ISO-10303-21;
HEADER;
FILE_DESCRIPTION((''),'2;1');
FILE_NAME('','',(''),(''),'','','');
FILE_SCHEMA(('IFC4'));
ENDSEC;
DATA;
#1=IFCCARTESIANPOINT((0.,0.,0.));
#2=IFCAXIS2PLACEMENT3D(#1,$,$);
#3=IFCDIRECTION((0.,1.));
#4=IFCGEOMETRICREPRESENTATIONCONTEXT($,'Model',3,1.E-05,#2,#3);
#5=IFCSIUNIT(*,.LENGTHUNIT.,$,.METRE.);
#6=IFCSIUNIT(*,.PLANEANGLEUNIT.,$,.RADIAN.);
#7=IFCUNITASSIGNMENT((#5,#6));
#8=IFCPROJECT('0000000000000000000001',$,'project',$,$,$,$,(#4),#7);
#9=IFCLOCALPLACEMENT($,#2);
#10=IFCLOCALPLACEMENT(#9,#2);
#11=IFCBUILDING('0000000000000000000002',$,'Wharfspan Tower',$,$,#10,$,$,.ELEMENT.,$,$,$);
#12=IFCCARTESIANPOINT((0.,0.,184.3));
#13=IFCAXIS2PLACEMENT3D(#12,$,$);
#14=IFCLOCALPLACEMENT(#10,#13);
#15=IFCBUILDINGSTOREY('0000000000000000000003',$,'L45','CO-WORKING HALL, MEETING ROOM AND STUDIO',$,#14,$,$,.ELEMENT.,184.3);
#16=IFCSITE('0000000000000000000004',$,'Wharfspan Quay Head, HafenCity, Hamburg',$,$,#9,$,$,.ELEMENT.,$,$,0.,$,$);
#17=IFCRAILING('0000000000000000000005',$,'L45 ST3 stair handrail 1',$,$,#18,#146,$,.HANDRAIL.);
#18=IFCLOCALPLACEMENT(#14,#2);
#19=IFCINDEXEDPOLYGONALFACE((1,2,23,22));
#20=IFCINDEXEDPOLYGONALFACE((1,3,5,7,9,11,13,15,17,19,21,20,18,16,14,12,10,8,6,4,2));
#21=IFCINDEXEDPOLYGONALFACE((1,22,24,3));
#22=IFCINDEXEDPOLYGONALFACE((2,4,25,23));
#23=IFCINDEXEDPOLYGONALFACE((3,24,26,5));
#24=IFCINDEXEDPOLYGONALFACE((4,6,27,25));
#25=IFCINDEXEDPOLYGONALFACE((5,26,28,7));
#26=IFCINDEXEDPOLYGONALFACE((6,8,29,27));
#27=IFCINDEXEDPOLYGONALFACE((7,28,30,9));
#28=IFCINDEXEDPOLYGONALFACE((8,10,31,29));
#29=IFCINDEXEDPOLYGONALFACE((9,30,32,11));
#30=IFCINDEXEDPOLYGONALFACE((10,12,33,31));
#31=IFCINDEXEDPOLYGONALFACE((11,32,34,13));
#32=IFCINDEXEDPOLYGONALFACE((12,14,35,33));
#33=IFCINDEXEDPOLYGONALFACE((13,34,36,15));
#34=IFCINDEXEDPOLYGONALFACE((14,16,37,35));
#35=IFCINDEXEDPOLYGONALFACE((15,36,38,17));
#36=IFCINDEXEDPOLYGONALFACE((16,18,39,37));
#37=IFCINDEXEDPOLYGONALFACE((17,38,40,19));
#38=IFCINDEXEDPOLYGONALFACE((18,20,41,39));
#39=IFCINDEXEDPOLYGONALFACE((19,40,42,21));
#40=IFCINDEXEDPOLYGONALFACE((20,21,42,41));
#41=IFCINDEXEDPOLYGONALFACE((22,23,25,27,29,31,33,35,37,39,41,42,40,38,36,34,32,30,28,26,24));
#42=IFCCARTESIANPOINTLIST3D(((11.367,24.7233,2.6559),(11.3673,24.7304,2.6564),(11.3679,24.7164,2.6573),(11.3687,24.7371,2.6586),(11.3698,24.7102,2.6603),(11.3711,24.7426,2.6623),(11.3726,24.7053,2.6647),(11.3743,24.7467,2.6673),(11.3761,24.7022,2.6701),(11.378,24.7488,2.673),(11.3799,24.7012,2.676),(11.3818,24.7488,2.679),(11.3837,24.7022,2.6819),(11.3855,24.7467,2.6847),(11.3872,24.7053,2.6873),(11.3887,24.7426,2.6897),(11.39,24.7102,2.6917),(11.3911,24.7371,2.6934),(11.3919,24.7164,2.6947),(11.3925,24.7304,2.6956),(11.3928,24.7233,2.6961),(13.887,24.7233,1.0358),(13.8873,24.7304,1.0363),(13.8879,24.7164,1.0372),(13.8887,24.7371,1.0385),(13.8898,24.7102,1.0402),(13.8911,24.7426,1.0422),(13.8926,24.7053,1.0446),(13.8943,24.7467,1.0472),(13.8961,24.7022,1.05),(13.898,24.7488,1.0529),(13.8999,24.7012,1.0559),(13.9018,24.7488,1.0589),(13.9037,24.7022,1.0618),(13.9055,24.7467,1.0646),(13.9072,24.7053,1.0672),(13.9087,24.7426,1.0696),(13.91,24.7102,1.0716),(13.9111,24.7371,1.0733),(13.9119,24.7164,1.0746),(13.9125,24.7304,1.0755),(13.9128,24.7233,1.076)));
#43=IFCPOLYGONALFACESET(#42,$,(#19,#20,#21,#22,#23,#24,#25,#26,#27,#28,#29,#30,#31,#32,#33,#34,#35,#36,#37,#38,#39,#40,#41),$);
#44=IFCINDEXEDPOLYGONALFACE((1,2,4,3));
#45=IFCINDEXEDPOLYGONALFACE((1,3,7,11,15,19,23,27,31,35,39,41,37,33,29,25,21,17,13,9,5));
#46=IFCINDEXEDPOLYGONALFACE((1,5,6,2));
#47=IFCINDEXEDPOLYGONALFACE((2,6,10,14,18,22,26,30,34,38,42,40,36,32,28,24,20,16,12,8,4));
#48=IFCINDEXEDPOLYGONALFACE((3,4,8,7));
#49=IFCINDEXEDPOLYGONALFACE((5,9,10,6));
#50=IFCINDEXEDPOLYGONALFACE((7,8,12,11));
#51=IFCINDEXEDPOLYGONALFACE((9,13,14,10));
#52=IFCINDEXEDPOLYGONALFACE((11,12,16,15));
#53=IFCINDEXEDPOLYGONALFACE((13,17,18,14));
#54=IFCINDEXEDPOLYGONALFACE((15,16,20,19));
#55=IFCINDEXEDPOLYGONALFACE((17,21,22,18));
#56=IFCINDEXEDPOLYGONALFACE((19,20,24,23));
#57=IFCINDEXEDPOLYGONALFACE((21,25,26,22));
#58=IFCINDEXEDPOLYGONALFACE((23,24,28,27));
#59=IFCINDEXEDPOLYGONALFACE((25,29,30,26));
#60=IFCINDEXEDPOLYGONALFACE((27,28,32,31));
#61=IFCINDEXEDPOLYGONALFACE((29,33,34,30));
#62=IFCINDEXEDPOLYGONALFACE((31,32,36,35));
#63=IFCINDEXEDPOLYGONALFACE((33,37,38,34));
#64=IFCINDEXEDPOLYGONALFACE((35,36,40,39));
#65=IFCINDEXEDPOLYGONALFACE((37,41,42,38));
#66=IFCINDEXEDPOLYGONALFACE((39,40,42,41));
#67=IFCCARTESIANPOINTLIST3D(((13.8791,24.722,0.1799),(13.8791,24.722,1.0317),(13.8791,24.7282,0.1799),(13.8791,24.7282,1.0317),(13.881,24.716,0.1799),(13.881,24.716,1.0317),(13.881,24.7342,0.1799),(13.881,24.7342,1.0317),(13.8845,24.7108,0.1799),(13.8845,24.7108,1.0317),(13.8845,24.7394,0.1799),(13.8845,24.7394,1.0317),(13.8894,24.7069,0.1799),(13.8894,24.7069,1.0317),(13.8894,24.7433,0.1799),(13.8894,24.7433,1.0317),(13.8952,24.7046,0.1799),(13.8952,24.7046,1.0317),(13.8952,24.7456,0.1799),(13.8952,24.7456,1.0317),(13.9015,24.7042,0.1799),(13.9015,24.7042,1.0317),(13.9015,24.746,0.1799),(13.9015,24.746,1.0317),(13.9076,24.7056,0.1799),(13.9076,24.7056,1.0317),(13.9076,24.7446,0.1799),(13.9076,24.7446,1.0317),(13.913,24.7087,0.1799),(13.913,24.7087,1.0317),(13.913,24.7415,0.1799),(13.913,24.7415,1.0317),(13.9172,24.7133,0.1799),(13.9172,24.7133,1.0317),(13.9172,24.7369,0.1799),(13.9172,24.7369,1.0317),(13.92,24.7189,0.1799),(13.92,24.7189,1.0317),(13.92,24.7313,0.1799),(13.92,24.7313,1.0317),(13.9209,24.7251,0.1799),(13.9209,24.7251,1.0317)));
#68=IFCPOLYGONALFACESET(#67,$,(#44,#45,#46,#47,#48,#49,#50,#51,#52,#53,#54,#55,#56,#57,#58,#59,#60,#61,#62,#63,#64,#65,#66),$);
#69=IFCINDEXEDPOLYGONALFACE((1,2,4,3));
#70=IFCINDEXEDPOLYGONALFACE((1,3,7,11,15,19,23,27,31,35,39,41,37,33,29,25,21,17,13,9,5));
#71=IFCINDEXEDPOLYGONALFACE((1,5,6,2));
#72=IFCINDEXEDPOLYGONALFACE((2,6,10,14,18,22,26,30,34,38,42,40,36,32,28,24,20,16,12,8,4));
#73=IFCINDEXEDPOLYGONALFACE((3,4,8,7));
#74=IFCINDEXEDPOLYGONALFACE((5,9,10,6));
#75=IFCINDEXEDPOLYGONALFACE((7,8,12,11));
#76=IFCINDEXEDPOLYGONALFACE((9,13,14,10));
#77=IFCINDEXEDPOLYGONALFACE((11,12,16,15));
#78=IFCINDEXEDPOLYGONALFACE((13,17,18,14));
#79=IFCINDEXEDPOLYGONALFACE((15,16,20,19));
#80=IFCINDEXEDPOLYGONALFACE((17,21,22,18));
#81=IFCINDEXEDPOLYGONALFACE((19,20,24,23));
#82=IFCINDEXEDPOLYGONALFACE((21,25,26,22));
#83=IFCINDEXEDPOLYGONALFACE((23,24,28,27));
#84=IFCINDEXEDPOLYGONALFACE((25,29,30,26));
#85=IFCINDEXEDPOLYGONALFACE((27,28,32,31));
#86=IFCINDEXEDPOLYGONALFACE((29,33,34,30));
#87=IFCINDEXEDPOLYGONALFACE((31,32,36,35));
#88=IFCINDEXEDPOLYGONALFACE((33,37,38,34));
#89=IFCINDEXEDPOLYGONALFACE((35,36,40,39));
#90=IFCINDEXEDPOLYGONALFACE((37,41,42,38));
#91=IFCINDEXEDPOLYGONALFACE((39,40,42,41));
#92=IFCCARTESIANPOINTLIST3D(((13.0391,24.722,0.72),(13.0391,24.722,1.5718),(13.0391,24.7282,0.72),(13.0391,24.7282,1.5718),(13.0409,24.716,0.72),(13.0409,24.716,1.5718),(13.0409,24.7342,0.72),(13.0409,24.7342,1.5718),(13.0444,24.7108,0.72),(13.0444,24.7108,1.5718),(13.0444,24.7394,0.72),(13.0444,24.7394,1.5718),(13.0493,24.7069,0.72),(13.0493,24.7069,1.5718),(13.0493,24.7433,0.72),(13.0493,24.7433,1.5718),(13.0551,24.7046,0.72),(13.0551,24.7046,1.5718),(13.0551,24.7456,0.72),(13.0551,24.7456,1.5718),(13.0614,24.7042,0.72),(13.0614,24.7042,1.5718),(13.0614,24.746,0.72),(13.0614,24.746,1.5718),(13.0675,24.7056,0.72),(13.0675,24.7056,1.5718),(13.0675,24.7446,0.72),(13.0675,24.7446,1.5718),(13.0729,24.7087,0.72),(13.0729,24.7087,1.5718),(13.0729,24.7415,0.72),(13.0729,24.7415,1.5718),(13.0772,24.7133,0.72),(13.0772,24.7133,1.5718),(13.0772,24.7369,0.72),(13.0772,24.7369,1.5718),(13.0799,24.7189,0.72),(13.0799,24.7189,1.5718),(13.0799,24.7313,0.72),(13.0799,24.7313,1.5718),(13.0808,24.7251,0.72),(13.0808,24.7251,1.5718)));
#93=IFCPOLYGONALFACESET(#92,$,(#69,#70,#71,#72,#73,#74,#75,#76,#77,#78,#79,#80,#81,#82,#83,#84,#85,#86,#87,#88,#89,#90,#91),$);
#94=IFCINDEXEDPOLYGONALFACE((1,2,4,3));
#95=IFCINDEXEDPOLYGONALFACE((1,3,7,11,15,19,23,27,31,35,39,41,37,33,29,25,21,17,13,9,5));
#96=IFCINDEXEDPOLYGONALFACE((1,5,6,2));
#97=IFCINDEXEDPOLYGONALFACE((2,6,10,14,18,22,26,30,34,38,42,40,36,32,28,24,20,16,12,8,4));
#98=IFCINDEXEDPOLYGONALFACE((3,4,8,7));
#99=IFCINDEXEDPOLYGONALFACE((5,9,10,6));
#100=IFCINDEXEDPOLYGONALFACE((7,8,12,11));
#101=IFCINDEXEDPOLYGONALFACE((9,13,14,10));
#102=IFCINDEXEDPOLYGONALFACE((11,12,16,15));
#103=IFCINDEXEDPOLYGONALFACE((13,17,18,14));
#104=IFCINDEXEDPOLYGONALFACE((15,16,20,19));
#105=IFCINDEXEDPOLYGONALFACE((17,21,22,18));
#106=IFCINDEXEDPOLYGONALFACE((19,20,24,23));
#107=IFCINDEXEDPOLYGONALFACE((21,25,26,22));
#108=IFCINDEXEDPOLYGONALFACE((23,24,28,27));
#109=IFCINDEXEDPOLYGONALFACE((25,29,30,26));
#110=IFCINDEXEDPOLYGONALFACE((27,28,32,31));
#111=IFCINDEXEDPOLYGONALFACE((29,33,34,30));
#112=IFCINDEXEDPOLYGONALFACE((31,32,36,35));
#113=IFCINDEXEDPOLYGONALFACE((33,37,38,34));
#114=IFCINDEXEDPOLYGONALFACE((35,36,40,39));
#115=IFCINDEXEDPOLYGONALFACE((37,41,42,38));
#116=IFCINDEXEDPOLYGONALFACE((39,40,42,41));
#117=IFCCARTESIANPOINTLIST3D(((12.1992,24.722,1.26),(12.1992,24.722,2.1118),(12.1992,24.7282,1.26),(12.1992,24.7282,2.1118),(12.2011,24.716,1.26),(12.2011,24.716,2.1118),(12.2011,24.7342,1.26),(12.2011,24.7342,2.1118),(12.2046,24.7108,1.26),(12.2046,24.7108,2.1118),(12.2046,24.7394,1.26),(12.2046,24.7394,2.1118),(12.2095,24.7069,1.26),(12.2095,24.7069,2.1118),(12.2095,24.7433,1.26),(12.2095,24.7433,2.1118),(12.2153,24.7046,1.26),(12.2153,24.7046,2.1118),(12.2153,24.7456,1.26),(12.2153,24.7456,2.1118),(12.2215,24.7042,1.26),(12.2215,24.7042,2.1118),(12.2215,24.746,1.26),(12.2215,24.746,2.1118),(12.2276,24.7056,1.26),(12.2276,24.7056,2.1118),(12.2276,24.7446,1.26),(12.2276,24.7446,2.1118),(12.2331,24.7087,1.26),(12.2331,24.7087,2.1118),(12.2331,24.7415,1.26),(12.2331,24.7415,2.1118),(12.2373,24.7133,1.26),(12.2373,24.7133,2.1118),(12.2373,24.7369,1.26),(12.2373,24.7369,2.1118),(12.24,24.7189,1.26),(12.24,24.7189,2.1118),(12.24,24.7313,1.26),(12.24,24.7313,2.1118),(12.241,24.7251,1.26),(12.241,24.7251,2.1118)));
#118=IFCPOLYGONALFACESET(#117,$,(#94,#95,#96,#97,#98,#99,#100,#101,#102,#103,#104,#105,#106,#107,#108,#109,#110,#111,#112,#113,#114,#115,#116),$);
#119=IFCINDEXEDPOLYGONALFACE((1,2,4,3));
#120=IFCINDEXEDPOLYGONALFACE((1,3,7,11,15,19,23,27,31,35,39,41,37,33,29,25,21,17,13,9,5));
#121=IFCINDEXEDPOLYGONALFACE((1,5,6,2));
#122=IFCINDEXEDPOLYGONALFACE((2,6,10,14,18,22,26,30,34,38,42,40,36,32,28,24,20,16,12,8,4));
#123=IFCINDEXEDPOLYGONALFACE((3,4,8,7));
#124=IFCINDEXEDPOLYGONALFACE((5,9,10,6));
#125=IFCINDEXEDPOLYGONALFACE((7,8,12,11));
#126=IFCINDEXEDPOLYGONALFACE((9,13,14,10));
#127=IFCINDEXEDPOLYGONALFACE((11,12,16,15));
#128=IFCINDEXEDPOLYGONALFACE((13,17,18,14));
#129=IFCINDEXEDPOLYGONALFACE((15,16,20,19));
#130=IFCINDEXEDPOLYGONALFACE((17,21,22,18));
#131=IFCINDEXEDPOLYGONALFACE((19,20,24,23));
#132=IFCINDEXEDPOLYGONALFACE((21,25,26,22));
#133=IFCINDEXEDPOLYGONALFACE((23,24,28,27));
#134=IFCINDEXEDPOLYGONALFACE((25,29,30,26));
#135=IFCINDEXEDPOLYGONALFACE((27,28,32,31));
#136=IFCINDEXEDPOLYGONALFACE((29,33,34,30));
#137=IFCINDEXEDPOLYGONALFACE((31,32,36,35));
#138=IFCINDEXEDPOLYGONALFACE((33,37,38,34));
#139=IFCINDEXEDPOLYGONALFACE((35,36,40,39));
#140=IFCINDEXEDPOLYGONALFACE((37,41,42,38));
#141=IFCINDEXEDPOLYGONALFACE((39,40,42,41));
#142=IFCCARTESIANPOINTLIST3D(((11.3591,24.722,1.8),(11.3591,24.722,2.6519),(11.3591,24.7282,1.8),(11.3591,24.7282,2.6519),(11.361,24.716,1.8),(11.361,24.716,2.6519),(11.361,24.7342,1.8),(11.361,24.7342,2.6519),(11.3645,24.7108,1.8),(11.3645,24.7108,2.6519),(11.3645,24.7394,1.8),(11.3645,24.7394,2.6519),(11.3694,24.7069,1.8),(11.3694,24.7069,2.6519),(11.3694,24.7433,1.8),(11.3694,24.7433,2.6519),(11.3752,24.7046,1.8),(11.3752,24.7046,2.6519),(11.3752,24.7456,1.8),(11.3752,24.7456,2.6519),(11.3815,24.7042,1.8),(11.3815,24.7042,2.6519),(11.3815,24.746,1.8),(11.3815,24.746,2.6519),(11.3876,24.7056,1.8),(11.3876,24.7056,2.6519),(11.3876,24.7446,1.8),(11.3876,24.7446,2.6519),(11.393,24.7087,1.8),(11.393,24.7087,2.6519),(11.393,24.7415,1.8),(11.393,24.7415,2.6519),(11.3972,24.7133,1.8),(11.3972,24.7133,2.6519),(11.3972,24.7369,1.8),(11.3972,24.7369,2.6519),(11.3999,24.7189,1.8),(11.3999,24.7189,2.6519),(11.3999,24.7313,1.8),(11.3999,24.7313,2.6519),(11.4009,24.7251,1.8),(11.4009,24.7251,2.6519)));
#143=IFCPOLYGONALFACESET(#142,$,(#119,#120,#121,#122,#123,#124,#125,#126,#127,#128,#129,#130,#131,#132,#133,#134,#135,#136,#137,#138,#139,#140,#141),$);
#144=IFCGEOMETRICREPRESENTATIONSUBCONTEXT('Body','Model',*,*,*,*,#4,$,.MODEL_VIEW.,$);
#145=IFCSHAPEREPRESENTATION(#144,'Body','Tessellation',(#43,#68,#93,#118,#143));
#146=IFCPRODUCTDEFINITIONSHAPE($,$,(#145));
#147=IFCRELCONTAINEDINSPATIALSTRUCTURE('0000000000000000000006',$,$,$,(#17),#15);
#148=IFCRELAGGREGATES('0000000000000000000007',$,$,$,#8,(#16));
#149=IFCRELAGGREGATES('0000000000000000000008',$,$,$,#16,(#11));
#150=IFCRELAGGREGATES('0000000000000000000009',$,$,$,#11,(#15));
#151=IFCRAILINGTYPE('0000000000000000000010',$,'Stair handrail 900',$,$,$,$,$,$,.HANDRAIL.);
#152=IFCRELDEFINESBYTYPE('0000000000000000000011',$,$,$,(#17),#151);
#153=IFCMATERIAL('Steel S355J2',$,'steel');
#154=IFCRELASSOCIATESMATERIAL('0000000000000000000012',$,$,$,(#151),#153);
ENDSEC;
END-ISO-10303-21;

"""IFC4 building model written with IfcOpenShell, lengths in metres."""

from ifc_helpers import new_model, si_unit, direction, frame, origin, origin_2d, place, context, subcontext, project, spatial, circle, extrude, material, type_object, element, save


model = new_model("IFC4")

# Units and contexts
model_context = context("Model", 3, precision=1e-05, world=origin(), true_north=direction((0.0, 1.0)))
body_context = subcontext(model_context, "Body", "Model", "MODEL_VIEW")
ifc_project = project(units=[si_unit("LENGTHUNIT", "METRE"), si_unit("PLANEANGLEUNIT", "RADIAN")], contexts=[model_context])

# Site, building, storey
site_placement = place(None, origin())
site = spatial("IfcSite", under=ifc_project, at=site_placement, Name="Wharfspan Quay Head, HafenCity, Hamburg", CompositionType="ELEMENT", RefElevation=0.0)
building_placement = place(site_placement, origin())
building = spatial("IfcBuilding", under=site, at=building_placement, Name="Wharfspan Tower", CompositionType="ELEMENT")
storey_placement = place(building_placement, frame((0.0, 0.0, 184.3)))
storey = spatial("IfcBuildingStorey", under=building, at=storey_placement, Name="L45", Description="CO-WORKING HALL, MEETING ROOM AND STUDIO", CompositionType="ELEMENT", Elevation=184.3)

# Shared definitions
ifc_material_1 = material(Name="Steel S355J2", Category="steel")

# Railing
railing_type_1 = type_object("IfcRailingType", Name="Stair handrail 900", PredefinedType="HANDRAIL", material=ifc_material_1)
railing_1_placement = place(storey_placement, frame((13.8999, 24.7251, 0.1799)))
element("IfcRailing", 1, at=railing_1_placement, inside=storey, type_object=railing_type_1, Name="L45 ST3 stair handrail 1", PredefinedType="HANDRAIL", context=body_context, shape_type="SweptSolid", body=[
    extrude(circle(Radius=0.0239, at=origin_2d()), frame((0.0, 0.0, 0.876), z_axis=(-0.841163, 0.0, 0.540782), x_axis=(0.0, -1.0, 0.0)), (0.0, 0.0, 1.0), 2.9958),
    extrude(circle(Radius=0.021, at=origin_2d()), origin(), (0.0, 0.0, 1.0), 0.8518),
    extrude(circle(Radius=0.021, at=origin_2d()), frame((-0.8401, 0.0, 0.54)), (0.0, 0.0, 1.0), 0.8518),
    extrude(circle(Radius=0.021, at=origin_2d()), frame((-1.6799, 0.0, 1.0801)), (0.0, 0.0, 1.0), 0.8518),
    extrude(circle(Radius=0.021, at=origin_2d()), frame((-2.52, 0.0, 1.6201)), (0.0, 0.0, 1.0), 0.8518),
])

save(model, "model.ifc")
